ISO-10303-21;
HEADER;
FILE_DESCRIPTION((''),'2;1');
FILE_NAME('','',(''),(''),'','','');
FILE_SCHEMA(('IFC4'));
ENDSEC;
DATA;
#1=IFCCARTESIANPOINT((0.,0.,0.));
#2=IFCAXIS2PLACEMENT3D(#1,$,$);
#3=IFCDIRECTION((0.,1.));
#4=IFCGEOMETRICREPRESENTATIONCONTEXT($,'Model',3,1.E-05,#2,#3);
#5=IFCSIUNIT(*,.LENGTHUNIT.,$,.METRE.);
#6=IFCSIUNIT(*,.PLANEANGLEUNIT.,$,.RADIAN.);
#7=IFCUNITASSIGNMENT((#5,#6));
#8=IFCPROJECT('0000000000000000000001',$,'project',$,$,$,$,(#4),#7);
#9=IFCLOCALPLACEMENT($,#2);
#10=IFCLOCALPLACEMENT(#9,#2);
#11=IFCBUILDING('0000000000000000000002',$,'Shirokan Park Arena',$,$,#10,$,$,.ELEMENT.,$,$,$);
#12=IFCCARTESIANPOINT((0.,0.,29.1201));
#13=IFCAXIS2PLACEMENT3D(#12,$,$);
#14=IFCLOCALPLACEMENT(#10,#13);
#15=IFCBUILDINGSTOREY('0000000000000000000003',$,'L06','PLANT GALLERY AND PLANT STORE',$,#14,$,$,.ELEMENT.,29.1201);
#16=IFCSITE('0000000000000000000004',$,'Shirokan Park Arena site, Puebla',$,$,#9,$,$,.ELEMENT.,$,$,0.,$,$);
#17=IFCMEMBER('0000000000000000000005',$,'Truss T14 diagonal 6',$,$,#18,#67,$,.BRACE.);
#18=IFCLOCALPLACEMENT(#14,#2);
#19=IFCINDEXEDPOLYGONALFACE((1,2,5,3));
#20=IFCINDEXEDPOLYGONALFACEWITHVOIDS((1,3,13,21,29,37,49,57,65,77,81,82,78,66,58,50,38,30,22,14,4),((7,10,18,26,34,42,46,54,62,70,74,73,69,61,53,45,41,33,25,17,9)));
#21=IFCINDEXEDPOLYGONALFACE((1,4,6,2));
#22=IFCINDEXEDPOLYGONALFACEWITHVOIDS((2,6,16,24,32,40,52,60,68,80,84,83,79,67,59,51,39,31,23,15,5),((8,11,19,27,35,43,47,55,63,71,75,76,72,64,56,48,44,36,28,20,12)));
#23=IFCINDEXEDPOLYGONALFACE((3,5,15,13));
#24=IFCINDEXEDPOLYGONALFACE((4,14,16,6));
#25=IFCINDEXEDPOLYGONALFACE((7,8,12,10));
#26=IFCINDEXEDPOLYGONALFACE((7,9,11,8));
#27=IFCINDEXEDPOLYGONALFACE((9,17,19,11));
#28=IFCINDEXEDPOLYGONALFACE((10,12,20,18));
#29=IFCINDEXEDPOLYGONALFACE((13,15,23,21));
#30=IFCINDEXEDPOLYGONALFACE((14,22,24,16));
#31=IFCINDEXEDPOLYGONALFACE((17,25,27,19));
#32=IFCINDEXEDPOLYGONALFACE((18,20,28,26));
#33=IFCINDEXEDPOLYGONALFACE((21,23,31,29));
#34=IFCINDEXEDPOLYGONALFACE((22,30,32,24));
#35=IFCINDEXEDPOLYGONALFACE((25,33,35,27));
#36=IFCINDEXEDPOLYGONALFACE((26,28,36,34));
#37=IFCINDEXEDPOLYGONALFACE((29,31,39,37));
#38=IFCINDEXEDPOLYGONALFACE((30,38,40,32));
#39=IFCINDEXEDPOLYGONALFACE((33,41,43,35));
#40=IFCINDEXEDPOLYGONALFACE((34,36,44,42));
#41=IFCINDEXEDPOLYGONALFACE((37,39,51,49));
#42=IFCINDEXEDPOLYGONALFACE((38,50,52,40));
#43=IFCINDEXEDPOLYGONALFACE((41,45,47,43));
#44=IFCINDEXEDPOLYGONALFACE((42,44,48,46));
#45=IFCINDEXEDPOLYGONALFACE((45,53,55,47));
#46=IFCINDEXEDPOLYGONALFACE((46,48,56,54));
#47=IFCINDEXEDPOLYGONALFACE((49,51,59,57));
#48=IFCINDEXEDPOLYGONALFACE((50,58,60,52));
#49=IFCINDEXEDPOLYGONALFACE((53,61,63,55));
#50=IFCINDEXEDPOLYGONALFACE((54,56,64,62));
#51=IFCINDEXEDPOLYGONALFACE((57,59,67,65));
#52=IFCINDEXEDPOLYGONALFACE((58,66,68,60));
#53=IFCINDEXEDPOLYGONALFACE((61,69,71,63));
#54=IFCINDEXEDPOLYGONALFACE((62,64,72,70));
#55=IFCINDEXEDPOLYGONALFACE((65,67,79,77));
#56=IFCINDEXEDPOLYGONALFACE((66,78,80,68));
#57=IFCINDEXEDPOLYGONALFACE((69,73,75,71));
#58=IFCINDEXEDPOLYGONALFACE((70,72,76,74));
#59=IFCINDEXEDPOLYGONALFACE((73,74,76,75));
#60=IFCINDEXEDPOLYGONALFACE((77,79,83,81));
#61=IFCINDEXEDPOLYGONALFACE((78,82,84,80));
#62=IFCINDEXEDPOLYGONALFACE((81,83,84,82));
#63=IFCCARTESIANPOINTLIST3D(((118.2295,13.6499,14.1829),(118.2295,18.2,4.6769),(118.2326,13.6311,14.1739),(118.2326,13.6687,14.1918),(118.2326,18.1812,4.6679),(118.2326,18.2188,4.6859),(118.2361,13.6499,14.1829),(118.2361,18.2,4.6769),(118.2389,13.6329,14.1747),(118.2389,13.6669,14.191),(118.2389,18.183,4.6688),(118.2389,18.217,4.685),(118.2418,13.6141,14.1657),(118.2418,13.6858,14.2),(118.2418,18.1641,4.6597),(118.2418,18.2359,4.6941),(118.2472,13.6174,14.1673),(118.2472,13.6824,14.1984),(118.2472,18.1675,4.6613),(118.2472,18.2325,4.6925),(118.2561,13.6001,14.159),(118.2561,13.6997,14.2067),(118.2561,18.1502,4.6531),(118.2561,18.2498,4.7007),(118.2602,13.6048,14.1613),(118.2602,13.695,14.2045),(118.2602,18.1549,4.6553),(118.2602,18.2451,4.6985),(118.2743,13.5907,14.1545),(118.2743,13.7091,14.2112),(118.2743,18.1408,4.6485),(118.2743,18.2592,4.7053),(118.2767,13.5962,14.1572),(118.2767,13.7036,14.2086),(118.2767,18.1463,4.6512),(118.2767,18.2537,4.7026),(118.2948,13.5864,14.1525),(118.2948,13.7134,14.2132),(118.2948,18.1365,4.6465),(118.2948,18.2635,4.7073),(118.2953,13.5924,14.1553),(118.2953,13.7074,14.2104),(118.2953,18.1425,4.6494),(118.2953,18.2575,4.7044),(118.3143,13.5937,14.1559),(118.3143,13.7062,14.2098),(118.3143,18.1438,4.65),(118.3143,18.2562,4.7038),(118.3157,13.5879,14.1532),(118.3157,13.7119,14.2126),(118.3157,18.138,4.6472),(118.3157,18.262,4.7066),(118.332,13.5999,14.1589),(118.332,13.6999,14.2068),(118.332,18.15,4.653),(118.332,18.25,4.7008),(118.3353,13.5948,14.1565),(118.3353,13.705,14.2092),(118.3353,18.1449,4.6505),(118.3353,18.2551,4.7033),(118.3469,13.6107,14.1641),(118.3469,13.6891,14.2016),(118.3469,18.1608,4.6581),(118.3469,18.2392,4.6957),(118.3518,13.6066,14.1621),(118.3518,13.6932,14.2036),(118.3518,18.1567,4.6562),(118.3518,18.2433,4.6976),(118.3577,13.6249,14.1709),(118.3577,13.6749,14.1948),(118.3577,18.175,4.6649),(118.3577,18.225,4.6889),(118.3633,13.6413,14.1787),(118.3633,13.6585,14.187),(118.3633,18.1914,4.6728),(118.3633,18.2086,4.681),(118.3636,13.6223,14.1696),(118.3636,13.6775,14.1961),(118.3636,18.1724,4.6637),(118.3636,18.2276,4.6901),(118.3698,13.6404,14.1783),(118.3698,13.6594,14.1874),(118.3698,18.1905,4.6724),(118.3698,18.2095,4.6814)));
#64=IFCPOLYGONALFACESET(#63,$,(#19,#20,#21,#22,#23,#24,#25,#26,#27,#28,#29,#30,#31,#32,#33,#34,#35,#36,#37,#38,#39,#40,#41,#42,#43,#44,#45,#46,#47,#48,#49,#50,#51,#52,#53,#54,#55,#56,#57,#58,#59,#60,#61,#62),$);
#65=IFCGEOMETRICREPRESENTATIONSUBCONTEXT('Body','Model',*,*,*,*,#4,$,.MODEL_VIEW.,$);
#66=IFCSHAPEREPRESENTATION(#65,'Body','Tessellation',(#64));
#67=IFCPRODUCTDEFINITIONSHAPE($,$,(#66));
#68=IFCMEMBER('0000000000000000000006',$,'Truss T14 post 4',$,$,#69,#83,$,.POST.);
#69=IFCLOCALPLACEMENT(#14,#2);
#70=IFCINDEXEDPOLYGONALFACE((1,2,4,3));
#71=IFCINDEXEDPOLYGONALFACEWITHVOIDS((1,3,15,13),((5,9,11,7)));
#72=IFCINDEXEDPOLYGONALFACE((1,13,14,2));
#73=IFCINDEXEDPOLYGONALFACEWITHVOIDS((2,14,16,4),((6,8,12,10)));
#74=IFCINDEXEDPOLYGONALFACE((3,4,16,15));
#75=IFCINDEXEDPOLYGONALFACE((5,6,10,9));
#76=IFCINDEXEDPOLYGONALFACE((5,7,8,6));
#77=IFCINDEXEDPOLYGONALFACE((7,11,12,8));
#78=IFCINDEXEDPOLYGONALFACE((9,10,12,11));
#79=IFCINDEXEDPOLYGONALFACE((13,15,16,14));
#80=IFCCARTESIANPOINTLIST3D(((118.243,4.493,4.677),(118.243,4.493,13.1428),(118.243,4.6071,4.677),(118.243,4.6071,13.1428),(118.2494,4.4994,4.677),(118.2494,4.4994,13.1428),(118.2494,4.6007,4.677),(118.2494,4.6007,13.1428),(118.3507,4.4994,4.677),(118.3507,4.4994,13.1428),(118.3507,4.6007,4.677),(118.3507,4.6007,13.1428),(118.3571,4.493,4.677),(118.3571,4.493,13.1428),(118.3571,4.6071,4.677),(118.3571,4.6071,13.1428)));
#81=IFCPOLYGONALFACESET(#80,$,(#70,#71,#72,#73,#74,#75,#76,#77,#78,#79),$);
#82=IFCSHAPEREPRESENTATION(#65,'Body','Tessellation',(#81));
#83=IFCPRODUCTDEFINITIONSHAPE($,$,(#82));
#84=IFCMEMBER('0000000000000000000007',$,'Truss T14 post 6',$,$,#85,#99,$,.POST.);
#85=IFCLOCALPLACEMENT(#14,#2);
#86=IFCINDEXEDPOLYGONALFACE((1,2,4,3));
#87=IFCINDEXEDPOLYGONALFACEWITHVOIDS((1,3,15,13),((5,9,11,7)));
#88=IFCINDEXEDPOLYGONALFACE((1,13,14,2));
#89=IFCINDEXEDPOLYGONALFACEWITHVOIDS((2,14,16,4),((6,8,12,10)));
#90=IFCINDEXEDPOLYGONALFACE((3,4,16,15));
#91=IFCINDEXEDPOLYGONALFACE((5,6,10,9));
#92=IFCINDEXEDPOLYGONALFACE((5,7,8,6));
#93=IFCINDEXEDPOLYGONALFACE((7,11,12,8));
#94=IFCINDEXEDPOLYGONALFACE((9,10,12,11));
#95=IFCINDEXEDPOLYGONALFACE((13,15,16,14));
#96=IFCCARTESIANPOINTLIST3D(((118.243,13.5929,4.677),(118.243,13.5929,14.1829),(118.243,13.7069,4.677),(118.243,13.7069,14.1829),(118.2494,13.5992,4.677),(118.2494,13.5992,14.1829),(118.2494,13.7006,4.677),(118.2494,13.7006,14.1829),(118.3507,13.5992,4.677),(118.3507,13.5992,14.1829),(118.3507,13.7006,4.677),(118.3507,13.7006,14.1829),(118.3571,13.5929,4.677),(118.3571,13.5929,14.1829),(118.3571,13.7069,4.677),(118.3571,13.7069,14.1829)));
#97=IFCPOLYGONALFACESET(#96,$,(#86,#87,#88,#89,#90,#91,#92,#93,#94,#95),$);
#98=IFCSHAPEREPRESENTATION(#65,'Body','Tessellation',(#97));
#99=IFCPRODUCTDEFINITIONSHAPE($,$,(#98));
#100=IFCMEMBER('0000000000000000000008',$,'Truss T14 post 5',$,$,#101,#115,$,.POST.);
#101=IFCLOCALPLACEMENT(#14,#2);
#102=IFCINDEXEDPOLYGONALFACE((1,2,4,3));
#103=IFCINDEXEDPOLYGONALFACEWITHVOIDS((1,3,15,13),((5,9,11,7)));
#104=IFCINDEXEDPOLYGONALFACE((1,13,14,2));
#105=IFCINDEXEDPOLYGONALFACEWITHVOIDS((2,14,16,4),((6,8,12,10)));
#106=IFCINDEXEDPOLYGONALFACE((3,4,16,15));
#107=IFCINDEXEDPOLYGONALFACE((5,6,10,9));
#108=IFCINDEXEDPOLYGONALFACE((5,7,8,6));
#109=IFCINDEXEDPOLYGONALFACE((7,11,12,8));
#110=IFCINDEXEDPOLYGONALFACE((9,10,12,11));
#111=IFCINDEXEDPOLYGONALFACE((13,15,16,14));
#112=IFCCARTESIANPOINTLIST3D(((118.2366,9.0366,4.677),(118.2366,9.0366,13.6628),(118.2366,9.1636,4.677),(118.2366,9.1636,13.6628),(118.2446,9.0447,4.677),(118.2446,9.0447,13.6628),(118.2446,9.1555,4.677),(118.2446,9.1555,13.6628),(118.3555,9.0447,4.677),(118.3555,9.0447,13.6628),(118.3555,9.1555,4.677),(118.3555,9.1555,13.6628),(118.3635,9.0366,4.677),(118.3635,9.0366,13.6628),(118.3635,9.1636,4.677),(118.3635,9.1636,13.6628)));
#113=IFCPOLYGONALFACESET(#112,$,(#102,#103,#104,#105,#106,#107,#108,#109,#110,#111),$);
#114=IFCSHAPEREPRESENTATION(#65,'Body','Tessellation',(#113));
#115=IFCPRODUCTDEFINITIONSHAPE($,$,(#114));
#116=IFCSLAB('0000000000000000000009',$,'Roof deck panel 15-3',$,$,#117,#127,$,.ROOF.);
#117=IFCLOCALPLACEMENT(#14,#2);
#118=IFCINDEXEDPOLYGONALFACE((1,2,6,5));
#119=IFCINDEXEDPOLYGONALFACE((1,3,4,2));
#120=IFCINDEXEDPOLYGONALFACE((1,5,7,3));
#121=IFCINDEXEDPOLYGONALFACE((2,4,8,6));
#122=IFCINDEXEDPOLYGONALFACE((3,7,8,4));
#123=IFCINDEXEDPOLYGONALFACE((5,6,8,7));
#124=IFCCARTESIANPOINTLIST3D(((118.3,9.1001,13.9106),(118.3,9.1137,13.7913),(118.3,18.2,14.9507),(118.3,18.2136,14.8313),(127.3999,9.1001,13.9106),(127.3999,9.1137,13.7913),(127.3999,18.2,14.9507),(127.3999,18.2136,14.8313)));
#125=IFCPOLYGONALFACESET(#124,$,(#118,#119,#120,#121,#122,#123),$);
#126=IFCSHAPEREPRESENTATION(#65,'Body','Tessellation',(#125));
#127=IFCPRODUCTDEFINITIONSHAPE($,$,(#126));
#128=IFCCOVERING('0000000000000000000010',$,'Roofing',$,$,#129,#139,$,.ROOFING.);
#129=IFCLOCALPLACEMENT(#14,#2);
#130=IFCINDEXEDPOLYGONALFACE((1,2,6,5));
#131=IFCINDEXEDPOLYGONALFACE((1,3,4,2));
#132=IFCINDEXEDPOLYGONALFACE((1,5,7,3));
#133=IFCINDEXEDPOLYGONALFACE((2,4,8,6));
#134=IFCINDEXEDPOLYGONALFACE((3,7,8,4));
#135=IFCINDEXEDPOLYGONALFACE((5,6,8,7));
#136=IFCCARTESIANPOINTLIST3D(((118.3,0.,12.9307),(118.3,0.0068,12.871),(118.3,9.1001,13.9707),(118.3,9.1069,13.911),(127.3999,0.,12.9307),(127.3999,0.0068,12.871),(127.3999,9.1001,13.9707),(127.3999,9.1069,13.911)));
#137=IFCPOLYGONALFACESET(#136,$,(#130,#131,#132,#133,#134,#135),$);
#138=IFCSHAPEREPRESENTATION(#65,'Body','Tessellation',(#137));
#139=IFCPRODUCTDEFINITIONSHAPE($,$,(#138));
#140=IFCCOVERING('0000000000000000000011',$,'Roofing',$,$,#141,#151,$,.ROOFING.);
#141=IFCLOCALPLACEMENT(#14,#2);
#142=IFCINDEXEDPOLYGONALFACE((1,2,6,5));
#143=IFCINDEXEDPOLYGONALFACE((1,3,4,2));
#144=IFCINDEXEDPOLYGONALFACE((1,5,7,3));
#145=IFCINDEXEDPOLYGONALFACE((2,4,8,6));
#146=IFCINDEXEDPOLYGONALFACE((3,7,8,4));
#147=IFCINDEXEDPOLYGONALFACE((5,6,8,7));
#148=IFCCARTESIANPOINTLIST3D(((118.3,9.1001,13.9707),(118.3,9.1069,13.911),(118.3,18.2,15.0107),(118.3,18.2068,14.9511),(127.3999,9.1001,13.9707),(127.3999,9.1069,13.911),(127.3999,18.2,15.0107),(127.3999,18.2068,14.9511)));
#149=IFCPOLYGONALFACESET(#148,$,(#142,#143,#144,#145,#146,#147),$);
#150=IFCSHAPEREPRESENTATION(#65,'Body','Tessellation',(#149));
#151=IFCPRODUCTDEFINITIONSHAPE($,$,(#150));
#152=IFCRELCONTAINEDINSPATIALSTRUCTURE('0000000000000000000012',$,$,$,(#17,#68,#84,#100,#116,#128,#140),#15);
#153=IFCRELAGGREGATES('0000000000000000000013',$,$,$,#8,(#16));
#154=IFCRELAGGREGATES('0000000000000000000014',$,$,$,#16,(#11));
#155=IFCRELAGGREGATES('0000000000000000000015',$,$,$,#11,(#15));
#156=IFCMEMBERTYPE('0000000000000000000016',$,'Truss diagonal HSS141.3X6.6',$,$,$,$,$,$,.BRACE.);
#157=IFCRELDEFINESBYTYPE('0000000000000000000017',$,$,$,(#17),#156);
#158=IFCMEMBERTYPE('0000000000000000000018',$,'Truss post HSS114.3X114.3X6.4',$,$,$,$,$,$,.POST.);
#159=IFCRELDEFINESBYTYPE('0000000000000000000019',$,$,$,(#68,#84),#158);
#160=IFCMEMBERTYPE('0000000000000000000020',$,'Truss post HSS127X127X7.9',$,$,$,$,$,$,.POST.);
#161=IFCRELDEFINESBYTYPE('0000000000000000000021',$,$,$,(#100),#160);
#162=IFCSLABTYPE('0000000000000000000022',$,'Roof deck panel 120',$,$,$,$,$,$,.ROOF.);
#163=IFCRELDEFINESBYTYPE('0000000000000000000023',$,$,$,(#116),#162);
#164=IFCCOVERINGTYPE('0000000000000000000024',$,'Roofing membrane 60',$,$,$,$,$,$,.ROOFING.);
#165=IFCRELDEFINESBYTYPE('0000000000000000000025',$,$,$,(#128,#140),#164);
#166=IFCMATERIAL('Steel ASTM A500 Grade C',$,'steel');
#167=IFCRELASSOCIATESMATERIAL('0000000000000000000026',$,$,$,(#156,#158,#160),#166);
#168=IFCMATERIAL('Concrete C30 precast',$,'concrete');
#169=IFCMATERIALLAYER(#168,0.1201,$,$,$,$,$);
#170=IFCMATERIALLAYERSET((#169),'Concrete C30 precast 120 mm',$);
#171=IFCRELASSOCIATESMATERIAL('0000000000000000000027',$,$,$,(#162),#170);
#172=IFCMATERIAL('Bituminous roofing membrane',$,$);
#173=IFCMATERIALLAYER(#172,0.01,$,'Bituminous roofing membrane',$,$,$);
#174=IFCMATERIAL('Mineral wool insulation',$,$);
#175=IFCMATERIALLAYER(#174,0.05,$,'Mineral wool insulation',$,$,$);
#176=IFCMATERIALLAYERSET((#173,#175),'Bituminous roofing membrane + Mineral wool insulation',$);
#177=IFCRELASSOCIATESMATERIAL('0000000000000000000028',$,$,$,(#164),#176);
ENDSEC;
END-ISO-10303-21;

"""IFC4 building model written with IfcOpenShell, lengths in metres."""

from ifc_helpers import new_model, si_unit, direction, frame, origin, origin_2d, place, context, subcontext, project, spatial, polyline, hollow_rectangle, hollow_circle, outline, extrude, material, layer, layer_set, material_profile, profile_set, type_object, element, save


model = new_model("IFC4")

# Units and contexts
model_context = context("Model", 3, precision=1e-05, world=origin(), true_north=direction((0.0, 1.0)))
body_context = subcontext(model_context, "Body", "Model", "MODEL_VIEW")
ifc_project = project(units=[si_unit("LENGTHUNIT", "METRE"), si_unit("PLANEANGLEUNIT", "RADIAN")], contexts=[model_context])

# Site, building, storey
site_placement = place(None, origin())
site = spatial("IfcSite", under=ifc_project, at=site_placement, Name="Shirokan Park Arena site, Puebla", CompositionType="ELEMENT", RefElevation=0.0)
building_placement = place(site_placement, origin())
building = spatial("IfcBuilding", under=site, at=building_placement, Name="Shirokan Park Arena", CompositionType="ELEMENT")
storey_placement = place(building_placement, frame((0.0, 0.0, 29.1201)))
storey = spatial("IfcBuildingStorey", under=building, at=storey_placement, Name="L06", Description="PLANT GALLERY AND PLANT STORE", CompositionType="ELEMENT", Elevation=29.1201)

# Members
ifc_material_1 = material(Name="Steel ASTM A500 Grade C", Category="steel")
ifc_material_profile_1 = material_profile(ifc_material_1, hollow_circle(Radius=0.0706, WallThickness=0.0066, at=origin_2d()), Name="HSS141.3X6.6")
ifc_profile_set_1 = profile_set([ifc_material_profile_1], Name="Steel ASTM A500 Grade C")
member_type_1 = type_object("IfcMemberType", Name="Truss diagonal HSS141.3X6.6", PredefinedType="BRACE", material=ifc_profile_set_1)
member_1_placement = place(storey_placement, frame((118.3, 13.6499, 14.1829), z_axis=(0.0, 0.431746, -0.901995), x_axis=(-1.0, 0.0, 0.0)))
element("IfcMember", 1, at=member_1_placement, inside=storey, type_object=member_type_1, Name="Truss T14 diagonal 6", PredefinedType="BRACE", context=body_context, shape_type="SweptSolid", body=[
    extrude(hollow_circle(Radius=0.0706, WallThickness=0.0066, at=origin_2d()), origin(), (0.0, 0.0, 1.0), 10.5388),
])
ifc_material_profile_2 = material_profile(ifc_material_1, hollow_rectangle(XDim=0.114, YDim=0.114, WallThickness=0.0063, at=origin_2d()), Name="HSS114.3X114.3X6.4")
ifc_profile_set_2 = profile_set([ifc_material_profile_2], Name="Steel ASTM A500 Grade C")
member_type_2 = type_object("IfcMemberType", Name="Truss post HSS114.3X114.3X6.4", PredefinedType="POST", material=ifc_profile_set_2)
member_2_placement = place(storey_placement, frame((118.3, 4.55, 4.677), z_axis=(0.0, 0.0, 1.0), x_axis=(1.0, 0.0, 0.0)))
element("IfcMember", 2, at=member_2_placement, inside=storey, type_object=member_type_2, Name="Truss T14 post 4", PredefinedType="POST", context=body_context, shape_type="SweptSolid", body=[
    extrude(hollow_rectangle(XDim=0.114, YDim=0.114, WallThickness=0.0063, at=origin_2d()), origin(), (0.0, 0.0, 1.0), 8.4658),
])
member_3_placement = place(storey_placement, frame((118.3, 13.6499, 4.677), z_axis=(0.0, 0.0, 1.0), x_axis=(1.0, 0.0, 0.0)))
element("IfcMember", 3, at=member_3_placement, inside=storey, type_object=member_type_2, Name="Truss T14 post 6", PredefinedType="POST", context=body_context, shape_type="SweptSolid", body=[
    extrude(hollow_rectangle(XDim=0.114, YDim=0.114, WallThickness=0.0063, at=origin_2d()), origin(), (0.0, 0.0, 1.0), 9.5059),
])
ifc_material_profile_3 = material_profile(ifc_material_1, hollow_rectangle(XDim=0.127, YDim=0.127, WallThickness=0.0081, at=origin_2d()), Name="HSS127X127X7.9")
ifc_profile_set_3 = profile_set([ifc_material_profile_3], Name="Steel ASTM A500 Grade C")
member_type_3 = type_object("IfcMemberType", Name="Truss post HSS127X127X7.9", PredefinedType="POST", material=ifc_profile_set_3)
member_4_placement = place(storey_placement, frame((118.3, 9.1001, 4.677), z_axis=(0.0, 0.0, 1.0), x_axis=(1.0, 0.0, 0.0)))
element("IfcMember", 4, at=member_4_placement, inside=storey, type_object=member_type_3, Name="Truss T14 post 5", PredefinedType="POST", context=body_context, shape_type="SweptSolid", body=[
    extrude(hollow_rectangle(XDim=0.127, YDim=0.127, WallThickness=0.0081, at=origin_2d()), origin(), (0.0, 0.0, 1.0), 8.9858),
])

# Slab
ifc_material_2 = material(Name="Concrete C30 precast", Category="concrete")
ifc_layer_1 = layer(ifc_material_2, 0.1201)
ifc_layer_set_1 = layer_set([ifc_layer_1], Name="Concrete C30 precast 120 mm")
slab_type = type_object("IfcSlabType", Name="Roof deck panel 120", PredefinedType="ROOF", material=ifc_layer_set_1)
slab_placement = place(storey_placement, frame((118.3, 9.1001, 13.9106), z_axis=(0.0, -0.113553, 0.993532), x_axis=(1.0, 0.0, 0.0)))
element("IfcSlab", 5, at=slab_placement, inside=storey, type_object=slab_type, Name="Roof deck panel 15-3", PredefinedType="ROOF", context=body_context, shape_type="SweptSolid", body=[
    extrude(outline(polyline([(0.0, 0.0), (9.0999, 0.0), (9.0999, 9.1591), (0.0, 9.1591), (0.0, 0.0)])), origin(), (0.0, 0.0, -1.0), 0.1201),
])

# Coverings
ifc_material_3 = material(Name="Bituminous roofing membrane")
ifc_layer_2 = layer(ifc_material_3, 0.01, Name="Bituminous roofing membrane")
ifc_material_4 = material(Name="Mineral wool insulation")
ifc_layer_3 = layer(ifc_material_4, 0.05, Name="Mineral wool insulation")
ifc_layer_set_2 = layer_set([ifc_layer_2, ifc_layer_3], Name="Bituminous roofing membrane + Mineral wool insulation")
covering_type = type_object("IfcCoveringType", Name="Roofing membrane 60", PredefinedType="ROOFING", material=ifc_layer_set_2)
covering_1_placement = place(storey_placement, frame((118.3, 0.0, 12.9307), z_axis=(0.0, -0.11355, 0.993532), x_axis=(1.0, 0.0, 0.0)))
element("IfcCovering", 6, at=covering_1_placement, inside=storey, type_object=covering_type, Name="Roofing", PredefinedType="ROOFING", context=body_context, shape_type="SweptSolid", body=[
    extrude(outline(polyline([(0.0, 0.0), (9.0999, 0.0), (9.0999, 9.1593), (0.0, 9.1593), (0.0, 0.0)])), origin(), (0.0, 0.0, -1.0), 0.0601),
])
covering_2_placement = place(storey_placement, frame((118.3, 9.1001, 13.9707), z_axis=(0.0, -0.113553, 0.993532), x_axis=(1.0, 0.0, 0.0)))
element("IfcCovering", 7, at=covering_2_placement, inside=storey, type_object=covering_type, Name="Roofing", PredefinedType="ROOFING", context=body_context, shape_type="SweptSolid", body=[
    extrude(outline(polyline([(0.0, 0.0), (9.0999, 0.0), (9.0999, 9.1591), (0.0, 9.1591), (0.0, 0.0)])), origin(), (0.0, 0.0, -1.0), 0.0601),
])

save(model, "model.ifc")
